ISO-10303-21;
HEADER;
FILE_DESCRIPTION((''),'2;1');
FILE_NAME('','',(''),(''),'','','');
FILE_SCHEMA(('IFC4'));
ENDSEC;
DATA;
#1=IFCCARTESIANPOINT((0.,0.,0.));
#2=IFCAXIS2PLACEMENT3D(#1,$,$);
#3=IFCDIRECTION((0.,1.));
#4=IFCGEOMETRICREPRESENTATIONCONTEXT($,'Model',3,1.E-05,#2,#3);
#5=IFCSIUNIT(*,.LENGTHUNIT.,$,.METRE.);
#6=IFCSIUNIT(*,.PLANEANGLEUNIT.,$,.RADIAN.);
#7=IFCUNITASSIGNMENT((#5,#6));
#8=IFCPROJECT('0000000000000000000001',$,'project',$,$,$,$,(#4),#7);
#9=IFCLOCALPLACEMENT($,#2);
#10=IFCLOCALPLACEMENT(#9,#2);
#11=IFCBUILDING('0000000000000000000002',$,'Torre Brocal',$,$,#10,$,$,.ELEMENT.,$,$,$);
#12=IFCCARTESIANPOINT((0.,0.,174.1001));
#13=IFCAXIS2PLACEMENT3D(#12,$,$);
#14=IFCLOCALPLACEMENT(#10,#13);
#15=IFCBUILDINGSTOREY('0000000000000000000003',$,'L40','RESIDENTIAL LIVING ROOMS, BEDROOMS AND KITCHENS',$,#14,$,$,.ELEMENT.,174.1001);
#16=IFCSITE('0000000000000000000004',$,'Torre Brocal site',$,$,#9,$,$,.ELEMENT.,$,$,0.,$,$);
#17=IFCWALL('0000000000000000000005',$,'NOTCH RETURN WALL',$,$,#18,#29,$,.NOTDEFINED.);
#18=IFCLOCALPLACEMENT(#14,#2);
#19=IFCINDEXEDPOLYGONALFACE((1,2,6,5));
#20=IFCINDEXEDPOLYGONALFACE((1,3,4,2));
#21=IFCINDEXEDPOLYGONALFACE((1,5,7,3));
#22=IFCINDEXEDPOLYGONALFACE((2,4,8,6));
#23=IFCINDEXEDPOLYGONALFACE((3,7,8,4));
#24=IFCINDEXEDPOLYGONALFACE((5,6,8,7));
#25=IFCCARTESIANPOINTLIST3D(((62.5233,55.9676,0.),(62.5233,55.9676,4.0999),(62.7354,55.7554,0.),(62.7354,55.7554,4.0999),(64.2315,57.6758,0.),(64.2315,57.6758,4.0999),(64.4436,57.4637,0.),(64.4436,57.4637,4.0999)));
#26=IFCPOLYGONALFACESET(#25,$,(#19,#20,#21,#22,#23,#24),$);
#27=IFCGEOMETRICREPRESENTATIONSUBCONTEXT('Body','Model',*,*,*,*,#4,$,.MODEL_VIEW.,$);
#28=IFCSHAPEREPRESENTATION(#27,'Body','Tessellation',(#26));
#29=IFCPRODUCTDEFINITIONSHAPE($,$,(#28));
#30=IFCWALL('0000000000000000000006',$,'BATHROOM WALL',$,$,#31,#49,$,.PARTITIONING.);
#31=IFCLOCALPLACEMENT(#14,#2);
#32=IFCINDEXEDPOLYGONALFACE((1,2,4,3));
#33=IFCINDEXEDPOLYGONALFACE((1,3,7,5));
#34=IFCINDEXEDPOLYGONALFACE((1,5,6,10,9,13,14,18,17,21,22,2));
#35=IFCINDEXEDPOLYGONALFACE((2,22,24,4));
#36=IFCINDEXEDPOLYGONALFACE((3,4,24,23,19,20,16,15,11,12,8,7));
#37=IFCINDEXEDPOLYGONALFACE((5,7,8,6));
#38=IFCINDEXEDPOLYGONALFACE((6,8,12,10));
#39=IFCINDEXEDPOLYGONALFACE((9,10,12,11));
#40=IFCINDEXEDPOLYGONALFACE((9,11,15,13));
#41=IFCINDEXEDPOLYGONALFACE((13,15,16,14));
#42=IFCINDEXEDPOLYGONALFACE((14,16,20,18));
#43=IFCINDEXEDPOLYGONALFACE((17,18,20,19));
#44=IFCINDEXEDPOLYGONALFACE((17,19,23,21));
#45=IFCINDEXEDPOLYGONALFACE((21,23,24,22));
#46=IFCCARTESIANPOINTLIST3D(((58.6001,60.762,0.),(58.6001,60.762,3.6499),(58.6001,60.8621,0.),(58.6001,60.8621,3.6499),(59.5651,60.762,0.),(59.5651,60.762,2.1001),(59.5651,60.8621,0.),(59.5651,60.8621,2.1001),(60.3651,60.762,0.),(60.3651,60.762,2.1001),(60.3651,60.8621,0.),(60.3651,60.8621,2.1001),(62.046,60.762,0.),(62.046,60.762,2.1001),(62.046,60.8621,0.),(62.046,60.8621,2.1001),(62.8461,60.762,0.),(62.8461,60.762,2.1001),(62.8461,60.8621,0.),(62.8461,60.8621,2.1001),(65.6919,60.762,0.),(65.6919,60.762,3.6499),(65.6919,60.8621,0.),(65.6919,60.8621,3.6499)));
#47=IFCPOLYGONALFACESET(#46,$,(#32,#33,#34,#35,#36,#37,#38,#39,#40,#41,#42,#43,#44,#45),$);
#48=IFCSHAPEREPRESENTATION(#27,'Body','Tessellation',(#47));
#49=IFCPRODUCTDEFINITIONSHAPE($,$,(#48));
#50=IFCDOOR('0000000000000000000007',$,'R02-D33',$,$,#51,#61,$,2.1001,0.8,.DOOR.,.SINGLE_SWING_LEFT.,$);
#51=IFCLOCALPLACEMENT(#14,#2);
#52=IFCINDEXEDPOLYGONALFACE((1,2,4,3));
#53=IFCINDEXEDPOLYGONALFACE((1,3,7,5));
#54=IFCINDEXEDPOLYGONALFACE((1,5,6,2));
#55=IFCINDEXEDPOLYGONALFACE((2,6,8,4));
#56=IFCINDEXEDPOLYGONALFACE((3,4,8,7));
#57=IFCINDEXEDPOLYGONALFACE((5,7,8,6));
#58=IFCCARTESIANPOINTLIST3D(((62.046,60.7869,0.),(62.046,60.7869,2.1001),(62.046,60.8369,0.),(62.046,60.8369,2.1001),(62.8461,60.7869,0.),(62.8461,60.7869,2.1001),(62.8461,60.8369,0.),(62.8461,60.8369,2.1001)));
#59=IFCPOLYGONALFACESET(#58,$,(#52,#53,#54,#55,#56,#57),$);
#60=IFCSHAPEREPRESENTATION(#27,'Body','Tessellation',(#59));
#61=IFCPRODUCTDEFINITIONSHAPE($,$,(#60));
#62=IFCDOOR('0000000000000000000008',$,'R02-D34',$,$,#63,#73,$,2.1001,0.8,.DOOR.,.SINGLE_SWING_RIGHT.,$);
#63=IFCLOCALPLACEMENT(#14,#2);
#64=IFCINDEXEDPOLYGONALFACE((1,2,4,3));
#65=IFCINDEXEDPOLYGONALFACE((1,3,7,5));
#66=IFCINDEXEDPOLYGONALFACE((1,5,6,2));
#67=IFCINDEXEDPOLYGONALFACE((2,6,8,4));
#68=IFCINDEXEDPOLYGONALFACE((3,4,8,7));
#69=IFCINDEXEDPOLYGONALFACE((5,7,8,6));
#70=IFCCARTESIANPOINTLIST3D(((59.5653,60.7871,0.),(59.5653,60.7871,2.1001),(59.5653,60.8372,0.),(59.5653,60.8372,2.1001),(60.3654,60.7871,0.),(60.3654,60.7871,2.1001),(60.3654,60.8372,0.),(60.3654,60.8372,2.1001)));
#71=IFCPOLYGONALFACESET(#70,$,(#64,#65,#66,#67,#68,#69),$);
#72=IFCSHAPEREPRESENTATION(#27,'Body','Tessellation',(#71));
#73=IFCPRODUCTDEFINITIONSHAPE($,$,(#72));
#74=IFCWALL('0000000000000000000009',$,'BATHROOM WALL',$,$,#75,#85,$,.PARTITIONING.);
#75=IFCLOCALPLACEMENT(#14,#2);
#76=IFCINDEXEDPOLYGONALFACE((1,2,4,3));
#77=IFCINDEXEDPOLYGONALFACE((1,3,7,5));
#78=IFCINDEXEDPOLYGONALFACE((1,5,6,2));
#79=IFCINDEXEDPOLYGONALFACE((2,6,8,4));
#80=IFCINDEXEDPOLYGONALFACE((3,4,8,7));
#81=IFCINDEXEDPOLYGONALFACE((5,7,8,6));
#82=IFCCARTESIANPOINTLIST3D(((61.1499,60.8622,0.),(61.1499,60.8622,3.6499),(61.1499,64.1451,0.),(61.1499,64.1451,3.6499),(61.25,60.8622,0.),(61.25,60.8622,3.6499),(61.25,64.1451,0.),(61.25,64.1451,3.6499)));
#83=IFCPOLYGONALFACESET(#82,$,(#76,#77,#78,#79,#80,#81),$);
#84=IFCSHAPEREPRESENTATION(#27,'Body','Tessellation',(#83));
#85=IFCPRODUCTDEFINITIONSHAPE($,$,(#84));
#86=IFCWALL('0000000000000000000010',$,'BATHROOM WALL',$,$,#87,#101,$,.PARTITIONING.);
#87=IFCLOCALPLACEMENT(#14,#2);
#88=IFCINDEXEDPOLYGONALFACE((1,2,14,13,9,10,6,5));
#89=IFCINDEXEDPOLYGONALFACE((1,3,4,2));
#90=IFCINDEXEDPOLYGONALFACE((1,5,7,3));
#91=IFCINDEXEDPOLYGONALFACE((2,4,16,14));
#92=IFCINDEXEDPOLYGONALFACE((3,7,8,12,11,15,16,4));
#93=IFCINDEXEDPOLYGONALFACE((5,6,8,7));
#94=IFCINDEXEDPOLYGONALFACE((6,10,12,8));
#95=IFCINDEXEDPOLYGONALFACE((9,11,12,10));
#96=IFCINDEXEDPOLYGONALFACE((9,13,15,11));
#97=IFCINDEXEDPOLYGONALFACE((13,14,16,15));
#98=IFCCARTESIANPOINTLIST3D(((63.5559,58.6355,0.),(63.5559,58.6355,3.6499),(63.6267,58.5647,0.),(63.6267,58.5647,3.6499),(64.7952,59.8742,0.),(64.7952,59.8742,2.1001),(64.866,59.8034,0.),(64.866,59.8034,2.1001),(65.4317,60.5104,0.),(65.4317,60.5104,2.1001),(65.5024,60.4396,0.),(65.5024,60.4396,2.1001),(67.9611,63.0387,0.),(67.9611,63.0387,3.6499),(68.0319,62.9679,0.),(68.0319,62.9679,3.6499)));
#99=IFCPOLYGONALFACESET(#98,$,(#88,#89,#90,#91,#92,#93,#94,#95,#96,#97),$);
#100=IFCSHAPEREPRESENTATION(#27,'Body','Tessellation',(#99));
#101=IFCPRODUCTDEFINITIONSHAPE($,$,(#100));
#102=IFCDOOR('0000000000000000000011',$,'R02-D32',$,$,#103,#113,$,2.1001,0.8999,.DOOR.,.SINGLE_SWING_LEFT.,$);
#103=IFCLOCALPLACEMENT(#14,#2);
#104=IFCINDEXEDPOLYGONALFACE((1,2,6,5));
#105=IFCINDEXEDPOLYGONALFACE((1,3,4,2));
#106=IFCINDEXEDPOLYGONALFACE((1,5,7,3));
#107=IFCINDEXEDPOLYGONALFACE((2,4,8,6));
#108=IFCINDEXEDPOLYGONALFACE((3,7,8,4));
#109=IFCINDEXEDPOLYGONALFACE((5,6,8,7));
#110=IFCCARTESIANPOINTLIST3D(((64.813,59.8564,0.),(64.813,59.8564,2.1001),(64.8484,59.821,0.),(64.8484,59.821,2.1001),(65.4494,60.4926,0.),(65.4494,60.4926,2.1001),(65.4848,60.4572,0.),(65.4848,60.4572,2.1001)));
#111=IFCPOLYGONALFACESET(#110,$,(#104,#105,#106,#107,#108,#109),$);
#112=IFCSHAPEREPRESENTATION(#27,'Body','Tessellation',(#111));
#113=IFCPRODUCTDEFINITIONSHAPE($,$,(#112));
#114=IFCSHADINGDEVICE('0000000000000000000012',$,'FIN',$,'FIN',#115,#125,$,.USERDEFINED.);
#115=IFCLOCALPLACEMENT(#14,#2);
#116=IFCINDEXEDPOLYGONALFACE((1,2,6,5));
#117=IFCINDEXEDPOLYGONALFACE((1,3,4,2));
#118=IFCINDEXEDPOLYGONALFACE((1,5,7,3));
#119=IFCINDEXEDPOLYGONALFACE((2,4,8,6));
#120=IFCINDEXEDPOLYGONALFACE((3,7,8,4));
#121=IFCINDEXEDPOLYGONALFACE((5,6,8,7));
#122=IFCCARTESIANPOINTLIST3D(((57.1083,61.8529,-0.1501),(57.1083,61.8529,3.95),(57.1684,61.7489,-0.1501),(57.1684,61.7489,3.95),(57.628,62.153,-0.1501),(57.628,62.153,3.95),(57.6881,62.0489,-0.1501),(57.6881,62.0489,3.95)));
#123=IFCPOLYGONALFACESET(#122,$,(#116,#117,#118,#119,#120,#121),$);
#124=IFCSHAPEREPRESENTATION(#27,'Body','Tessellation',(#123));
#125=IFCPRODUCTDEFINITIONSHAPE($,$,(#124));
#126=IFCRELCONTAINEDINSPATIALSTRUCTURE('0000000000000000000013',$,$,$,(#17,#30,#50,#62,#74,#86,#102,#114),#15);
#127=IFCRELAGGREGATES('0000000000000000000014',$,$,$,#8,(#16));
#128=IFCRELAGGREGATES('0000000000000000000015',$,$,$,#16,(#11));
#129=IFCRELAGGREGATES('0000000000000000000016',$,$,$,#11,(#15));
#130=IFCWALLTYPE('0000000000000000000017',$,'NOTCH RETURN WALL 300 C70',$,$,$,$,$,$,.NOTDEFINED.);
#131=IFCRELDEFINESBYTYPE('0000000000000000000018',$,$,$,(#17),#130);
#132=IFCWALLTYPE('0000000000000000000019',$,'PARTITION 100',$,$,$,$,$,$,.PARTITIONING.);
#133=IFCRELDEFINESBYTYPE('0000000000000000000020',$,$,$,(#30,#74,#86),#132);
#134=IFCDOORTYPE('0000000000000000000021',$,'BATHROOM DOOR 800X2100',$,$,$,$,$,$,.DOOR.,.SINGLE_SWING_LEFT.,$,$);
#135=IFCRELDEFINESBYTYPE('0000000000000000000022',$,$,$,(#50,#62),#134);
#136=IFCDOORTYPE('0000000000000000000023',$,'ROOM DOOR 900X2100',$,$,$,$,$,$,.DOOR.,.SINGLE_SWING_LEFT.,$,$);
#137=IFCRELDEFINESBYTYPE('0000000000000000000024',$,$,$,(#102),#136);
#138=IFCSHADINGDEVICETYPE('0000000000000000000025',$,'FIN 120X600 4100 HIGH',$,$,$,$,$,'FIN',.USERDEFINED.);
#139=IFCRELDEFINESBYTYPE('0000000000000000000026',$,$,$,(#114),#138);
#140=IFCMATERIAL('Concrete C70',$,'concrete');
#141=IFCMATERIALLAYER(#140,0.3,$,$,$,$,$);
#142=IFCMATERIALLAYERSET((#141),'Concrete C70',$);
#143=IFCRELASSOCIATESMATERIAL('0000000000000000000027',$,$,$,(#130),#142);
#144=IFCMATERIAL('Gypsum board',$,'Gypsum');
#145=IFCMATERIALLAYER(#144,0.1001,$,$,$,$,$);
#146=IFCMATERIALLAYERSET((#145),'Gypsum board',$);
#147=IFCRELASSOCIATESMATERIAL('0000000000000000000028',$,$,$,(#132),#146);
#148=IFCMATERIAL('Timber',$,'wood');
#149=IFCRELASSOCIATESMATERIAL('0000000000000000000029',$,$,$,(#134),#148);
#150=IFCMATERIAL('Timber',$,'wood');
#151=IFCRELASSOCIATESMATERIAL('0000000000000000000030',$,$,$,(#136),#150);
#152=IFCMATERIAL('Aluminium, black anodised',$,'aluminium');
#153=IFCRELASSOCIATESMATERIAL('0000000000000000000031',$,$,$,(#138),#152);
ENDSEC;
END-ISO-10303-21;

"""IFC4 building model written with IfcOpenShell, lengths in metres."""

from ifc_helpers import new_model, si_unit, direction, frame, frame_2d, origin, origin_2d, place, context, subcontext, project, spatial, rectangle, extrude, material, layer, layer_set, material_profile, profile_set, type_object, element, fill, save


model = new_model("IFC4")

# Units and contexts
model_context = context("Model", 3, precision=1e-05, world=origin(), true_north=direction((0.0, 1.0)))
body_context = subcontext(model_context, "Body", "Model", "MODEL_VIEW")
ifc_project = project(units=[si_unit("LENGTHUNIT", "METRE"), si_unit("PLANEANGLEUNIT", "RADIAN")], contexts=[model_context])

# Site, building, storey
site_placement = place(None, origin())
site = spatial("IfcSite", under=ifc_project, at=site_placement, Name="Torre Brocal site", CompositionType="ELEMENT", RefElevation=0.0)
building_placement = place(site_placement, origin())
building = spatial("IfcBuilding", under=site, at=building_placement, Name="Torre Brocal", CompositionType="ELEMENT")
storey_placement = place(building_placement, frame((0.0, 0.0, 174.1001)))
storey = spatial("IfcBuildingStorey", under=building, at=storey_placement, Name="L40", Description="RESIDENTIAL LIVING ROOMS, BEDROOMS AND KITCHENS", CompositionType="ELEMENT", Elevation=174.1001)

# Wall
ifc_material_1 = material(Name="Concrete C70", Category="concrete")
ifc_layer_1 = layer(ifc_material_1, 0.3)
ifc_layer_set_1 = layer_set([ifc_layer_1], Name="Concrete C70")
wall_type_1 = type_object("IfcWallType", Name="NOTCH RETURN WALL 300 C70", PredefinedType="NOTDEFINED", material=ifc_layer_set_1)
for number, where, z_axis, x_axis, name in (
    (1, (64.3376, 57.5698, 0.0), (0.0, 0.0, 1.0), (-0.707107, -0.707107, 0.0), "NOTCH RETURN WALL"),
):
    element("IfcWall", number, at=place(storey_placement, frame(where, z_axis=z_axis, x_axis=x_axis)), inside=storey, type_object=wall_type_1, Name=name, PredefinedType="NOTDEFINED", context=body_context, shape_type="SweptSolid", body=[
        extrude(rectangle(XDim=2.4158, YDim=0.3, at=frame_2d((1.208, 0.0))), origin(), (0.0, 0.0, 1.0), 4.0999),
    ])

# Wall, openings, doors
ifc_material_2 = material(Name="Gypsum board", Category="Gypsum")
ifc_layer_2 = layer(ifc_material_2, 0.1001)
ifc_layer_set_2 = layer_set([ifc_layer_2], Name="Gypsum board")
wall_type_2 = type_object("IfcWallType", Name="PARTITION 100", PredefinedType="PARTITIONING", material=ifc_layer_set_2)
wall_1_placement = place(storey_placement, frame((58.6001, 60.812, 0.0), z_axis=(0.0, 0.0, 1.0), x_axis=(1.0, 0.0, 0.0)))
wall_1 = element("IfcWall", 2, at=wall_1_placement, inside=storey, type_object=wall_type_2, Name="BATHROOM WALL", PredefinedType="PARTITIONING", context=body_context, shape_type="SweptSolid", body=[
    extrude(rectangle(XDim=7.0918, YDim=0.1001, at=frame_2d((3.5459, 0.0))), origin(), (0.0, 0.0, 1.0), 3.6499),
])
opening_1_placement = place(wall_1_placement, frame((3.446, 0.0, 0.0)))
opening_1 = element("IfcOpeningElement", 3, at=opening_1_placement, cuts=wall_1, PredefinedType="OPENING", context=body_context, shape_type="SweptSolid", body=[
    extrude(rectangle(XDim=0.8, YDim=2.1001, at=frame_2d((0.3999, 1.05))), frame((0.0, 0.0601, 0.0), z_axis=(0.0, -1.0, 0.0), x_axis=(1.0, 0.0, 0.0)), (0.0, 0.0, 1.0), 0.1201),
])
opening_2_placement = place(wall_1_placement, frame((0.9651, 0.0, 0.0)))
opening_2 = element("IfcOpeningElement", 4, at=opening_2_placement, cuts=wall_1, PredefinedType="OPENING", context=body_context, shape_type="SweptSolid", body=[
    extrude(rectangle(XDim=0.8, YDim=2.1001, at=frame_2d((0.3999, 1.05))), frame((0.0, 0.0601, 0.0), z_axis=(0.0, -1.0, 0.0), x_axis=(1.0, 0.0, 0.0)), (0.0, 0.0, 1.0), 0.1201),
])
ifc_material_3 = material(Name="Timber", Category="wood")
door_type_1 = type_object("IfcDoorType", Name="BATHROOM DOOR 800X2100", OperationType="SINGLE_SWING_LEFT", PredefinedType="DOOR", material=ifc_material_3)
door_1_placement = place(opening_1_placement, origin())
door_1 = element("IfcDoor", 5, at=door_1_placement, inside=storey, type_object=door_type_1, Name="R02-D33", OperationType="SINGLE_SWING_LEFT", OverallHeight=2.1001, OverallWidth=0.8, PredefinedType="DOOR", context=body_context, shape_type="SweptSolid", body=[
    extrude(rectangle(XDim=0.8, YDim=2.1001, at=frame_2d((0.3999, 1.05))), frame((0.0, 0.0249, 0.0), z_axis=(0.0, -1.0, 0.0), x_axis=(1.0, 0.0, 0.0)), (0.0, 0.0, 1.0), 0.05),
])
fill(opening_1, door_1)
door_2_placement = place(opening_2_placement, frame((0.8, 0.0, 0.0), z_axis=(0.0, 0.0, 1.0), x_axis=(-1.0, 0.0, 0.0)))
door_2 = element("IfcDoor", 6, at=door_2_placement, inside=storey, type_object=door_type_1, Name="R02-D34", OperationType="SINGLE_SWING_RIGHT", OverallHeight=2.1001, OverallWidth=0.8, PredefinedType="DOOR", context=body_context, shape_type="SweptSolid", body=[
    extrude(rectangle(XDim=0.8, YDim=2.1001, at=frame_2d((0.3999, 1.05))), frame((0.0, 0.0249, 0.0), z_axis=(0.0, -1.0, 0.0), x_axis=(1.0, 0.0, 0.0)), (0.0, 0.0, 1.0), 0.05),
])
fill(opening_2, door_2)

# Wall
wall_2_placement = place(storey_placement, frame((61.2, 60.8621, 0.0), z_axis=(0.0, 0.0, 1.0), x_axis=(0.0, 1.0, 0.0)))
element("IfcWall", 7, at=wall_2_placement, inside=storey, type_object=wall_type_2, Name="BATHROOM WALL", PredefinedType="PARTITIONING", context=body_context, shape_type="SweptSolid", body=[
    extrude(rectangle(XDim=3.283, YDim=0.1001, at=frame_2d((1.6416, 0.0))), origin(), (0.0, 0.0, 1.0), 3.6499),
])

# Wall, opening, door
wall_3_placement = place(storey_placement, frame((63.5913, 58.6001, 0.0), z_axis=(0.0, 0.0, 1.0), x_axis=(0.707264, 0.70695, 0.0)))
wall_3 = element("IfcWall", 8, at=wall_3_placement, inside=storey, type_object=wall_type_2, Name="BATHROOM WALL", PredefinedType="PARTITIONING", context=body_context, shape_type="SweptSolid", body=[
    extrude(rectangle(XDim=6.2285, YDim=0.1001, at=frame_2d((3.1143, 0.0))), origin(), (0.0, 0.0, 1.0), 3.6499),
])
opening_3_placement = place(wall_3_placement, frame((1.7522, 0.0, 0.0)))
opening_3 = element("IfcOpeningElement", 9, at=opening_3_placement, cuts=wall_3, PredefinedType="OPENING", context=body_context, shape_type="SweptSolid", body=[
    extrude(rectangle(XDim=0.8999, YDim=2.1001, at=frame_2d((0.45, 1.05))), frame((0.0, 0.0601, 0.0), z_axis=(0.0, -1.0, 0.0), x_axis=(1.0, 0.0, 0.0)), (0.0, 0.0, 1.0), 0.1201),
])
ifc_material_4 = material(Name="Timber", Category="wood")
door_type_2 = type_object("IfcDoorType", Name="ROOM DOOR 900X2100", OperationType="SINGLE_SWING_LEFT", PredefinedType="DOOR", material=ifc_material_4)
door_3_placement = place(opening_3_placement, origin())
door_3 = element("IfcDoor", 10, at=door_3_placement, inside=storey, type_object=door_type_2, Name="R02-D32", OperationType="SINGLE_SWING_LEFT", OverallHeight=2.1001, OverallWidth=0.8999, PredefinedType="DOOR", context=body_context, shape_type="SweptSolid", body=[
    extrude(rectangle(XDim=0.8999, YDim=2.1001, at=frame_2d((0.45, 1.05))), frame((0.0, 0.0249, 0.0), z_axis=(0.0, -1.0, 0.0), x_axis=(1.0, 0.0, 0.0)), (0.0, 0.0, 1.0), 0.05),
])
fill(opening_3, door_3)

# Shading device
ifc_material_5 = material(Name="Aluminium, black anodised", Category="aluminium")
ifc_material_profile_1 = material_profile(ifc_material_5, rectangle(XDim=0.1201, YDim=0.6001, at=origin_2d()), Name="FIN 120X600 4100 HIGH")
ifc_profile_set_1 = profile_set([ifc_material_profile_1], Name="Aluminium, black anodised")
shading_device_type = type_object("IfcShadingDeviceType", Name="FIN 120X600 4100 HIGH", ElementType="FIN", PredefinedType="USERDEFINED", material=ifc_profile_set_1)
shading_device_placement = place(storey_placement, frame((57.3982, 61.9509, -0.1501), z_axis=(0.0, 0.0, 1.0), x_axis=(0.5, -0.866025, 0.0)))
element("IfcShadingDevice", 11, at=shading_device_placement, inside=storey, type_object=shading_device_type, Name="FIN", ObjectType="FIN", PredefinedType="USERDEFINED", context=body_context, shape_type="SweptSolid", body=[
    extrude(rectangle(XDim=0.1201, YDim=0.6001, at=origin_2d()), origin(), (0.0, 0.0, 1.0), 4.1001),
])

save(model, "model.ifc")
